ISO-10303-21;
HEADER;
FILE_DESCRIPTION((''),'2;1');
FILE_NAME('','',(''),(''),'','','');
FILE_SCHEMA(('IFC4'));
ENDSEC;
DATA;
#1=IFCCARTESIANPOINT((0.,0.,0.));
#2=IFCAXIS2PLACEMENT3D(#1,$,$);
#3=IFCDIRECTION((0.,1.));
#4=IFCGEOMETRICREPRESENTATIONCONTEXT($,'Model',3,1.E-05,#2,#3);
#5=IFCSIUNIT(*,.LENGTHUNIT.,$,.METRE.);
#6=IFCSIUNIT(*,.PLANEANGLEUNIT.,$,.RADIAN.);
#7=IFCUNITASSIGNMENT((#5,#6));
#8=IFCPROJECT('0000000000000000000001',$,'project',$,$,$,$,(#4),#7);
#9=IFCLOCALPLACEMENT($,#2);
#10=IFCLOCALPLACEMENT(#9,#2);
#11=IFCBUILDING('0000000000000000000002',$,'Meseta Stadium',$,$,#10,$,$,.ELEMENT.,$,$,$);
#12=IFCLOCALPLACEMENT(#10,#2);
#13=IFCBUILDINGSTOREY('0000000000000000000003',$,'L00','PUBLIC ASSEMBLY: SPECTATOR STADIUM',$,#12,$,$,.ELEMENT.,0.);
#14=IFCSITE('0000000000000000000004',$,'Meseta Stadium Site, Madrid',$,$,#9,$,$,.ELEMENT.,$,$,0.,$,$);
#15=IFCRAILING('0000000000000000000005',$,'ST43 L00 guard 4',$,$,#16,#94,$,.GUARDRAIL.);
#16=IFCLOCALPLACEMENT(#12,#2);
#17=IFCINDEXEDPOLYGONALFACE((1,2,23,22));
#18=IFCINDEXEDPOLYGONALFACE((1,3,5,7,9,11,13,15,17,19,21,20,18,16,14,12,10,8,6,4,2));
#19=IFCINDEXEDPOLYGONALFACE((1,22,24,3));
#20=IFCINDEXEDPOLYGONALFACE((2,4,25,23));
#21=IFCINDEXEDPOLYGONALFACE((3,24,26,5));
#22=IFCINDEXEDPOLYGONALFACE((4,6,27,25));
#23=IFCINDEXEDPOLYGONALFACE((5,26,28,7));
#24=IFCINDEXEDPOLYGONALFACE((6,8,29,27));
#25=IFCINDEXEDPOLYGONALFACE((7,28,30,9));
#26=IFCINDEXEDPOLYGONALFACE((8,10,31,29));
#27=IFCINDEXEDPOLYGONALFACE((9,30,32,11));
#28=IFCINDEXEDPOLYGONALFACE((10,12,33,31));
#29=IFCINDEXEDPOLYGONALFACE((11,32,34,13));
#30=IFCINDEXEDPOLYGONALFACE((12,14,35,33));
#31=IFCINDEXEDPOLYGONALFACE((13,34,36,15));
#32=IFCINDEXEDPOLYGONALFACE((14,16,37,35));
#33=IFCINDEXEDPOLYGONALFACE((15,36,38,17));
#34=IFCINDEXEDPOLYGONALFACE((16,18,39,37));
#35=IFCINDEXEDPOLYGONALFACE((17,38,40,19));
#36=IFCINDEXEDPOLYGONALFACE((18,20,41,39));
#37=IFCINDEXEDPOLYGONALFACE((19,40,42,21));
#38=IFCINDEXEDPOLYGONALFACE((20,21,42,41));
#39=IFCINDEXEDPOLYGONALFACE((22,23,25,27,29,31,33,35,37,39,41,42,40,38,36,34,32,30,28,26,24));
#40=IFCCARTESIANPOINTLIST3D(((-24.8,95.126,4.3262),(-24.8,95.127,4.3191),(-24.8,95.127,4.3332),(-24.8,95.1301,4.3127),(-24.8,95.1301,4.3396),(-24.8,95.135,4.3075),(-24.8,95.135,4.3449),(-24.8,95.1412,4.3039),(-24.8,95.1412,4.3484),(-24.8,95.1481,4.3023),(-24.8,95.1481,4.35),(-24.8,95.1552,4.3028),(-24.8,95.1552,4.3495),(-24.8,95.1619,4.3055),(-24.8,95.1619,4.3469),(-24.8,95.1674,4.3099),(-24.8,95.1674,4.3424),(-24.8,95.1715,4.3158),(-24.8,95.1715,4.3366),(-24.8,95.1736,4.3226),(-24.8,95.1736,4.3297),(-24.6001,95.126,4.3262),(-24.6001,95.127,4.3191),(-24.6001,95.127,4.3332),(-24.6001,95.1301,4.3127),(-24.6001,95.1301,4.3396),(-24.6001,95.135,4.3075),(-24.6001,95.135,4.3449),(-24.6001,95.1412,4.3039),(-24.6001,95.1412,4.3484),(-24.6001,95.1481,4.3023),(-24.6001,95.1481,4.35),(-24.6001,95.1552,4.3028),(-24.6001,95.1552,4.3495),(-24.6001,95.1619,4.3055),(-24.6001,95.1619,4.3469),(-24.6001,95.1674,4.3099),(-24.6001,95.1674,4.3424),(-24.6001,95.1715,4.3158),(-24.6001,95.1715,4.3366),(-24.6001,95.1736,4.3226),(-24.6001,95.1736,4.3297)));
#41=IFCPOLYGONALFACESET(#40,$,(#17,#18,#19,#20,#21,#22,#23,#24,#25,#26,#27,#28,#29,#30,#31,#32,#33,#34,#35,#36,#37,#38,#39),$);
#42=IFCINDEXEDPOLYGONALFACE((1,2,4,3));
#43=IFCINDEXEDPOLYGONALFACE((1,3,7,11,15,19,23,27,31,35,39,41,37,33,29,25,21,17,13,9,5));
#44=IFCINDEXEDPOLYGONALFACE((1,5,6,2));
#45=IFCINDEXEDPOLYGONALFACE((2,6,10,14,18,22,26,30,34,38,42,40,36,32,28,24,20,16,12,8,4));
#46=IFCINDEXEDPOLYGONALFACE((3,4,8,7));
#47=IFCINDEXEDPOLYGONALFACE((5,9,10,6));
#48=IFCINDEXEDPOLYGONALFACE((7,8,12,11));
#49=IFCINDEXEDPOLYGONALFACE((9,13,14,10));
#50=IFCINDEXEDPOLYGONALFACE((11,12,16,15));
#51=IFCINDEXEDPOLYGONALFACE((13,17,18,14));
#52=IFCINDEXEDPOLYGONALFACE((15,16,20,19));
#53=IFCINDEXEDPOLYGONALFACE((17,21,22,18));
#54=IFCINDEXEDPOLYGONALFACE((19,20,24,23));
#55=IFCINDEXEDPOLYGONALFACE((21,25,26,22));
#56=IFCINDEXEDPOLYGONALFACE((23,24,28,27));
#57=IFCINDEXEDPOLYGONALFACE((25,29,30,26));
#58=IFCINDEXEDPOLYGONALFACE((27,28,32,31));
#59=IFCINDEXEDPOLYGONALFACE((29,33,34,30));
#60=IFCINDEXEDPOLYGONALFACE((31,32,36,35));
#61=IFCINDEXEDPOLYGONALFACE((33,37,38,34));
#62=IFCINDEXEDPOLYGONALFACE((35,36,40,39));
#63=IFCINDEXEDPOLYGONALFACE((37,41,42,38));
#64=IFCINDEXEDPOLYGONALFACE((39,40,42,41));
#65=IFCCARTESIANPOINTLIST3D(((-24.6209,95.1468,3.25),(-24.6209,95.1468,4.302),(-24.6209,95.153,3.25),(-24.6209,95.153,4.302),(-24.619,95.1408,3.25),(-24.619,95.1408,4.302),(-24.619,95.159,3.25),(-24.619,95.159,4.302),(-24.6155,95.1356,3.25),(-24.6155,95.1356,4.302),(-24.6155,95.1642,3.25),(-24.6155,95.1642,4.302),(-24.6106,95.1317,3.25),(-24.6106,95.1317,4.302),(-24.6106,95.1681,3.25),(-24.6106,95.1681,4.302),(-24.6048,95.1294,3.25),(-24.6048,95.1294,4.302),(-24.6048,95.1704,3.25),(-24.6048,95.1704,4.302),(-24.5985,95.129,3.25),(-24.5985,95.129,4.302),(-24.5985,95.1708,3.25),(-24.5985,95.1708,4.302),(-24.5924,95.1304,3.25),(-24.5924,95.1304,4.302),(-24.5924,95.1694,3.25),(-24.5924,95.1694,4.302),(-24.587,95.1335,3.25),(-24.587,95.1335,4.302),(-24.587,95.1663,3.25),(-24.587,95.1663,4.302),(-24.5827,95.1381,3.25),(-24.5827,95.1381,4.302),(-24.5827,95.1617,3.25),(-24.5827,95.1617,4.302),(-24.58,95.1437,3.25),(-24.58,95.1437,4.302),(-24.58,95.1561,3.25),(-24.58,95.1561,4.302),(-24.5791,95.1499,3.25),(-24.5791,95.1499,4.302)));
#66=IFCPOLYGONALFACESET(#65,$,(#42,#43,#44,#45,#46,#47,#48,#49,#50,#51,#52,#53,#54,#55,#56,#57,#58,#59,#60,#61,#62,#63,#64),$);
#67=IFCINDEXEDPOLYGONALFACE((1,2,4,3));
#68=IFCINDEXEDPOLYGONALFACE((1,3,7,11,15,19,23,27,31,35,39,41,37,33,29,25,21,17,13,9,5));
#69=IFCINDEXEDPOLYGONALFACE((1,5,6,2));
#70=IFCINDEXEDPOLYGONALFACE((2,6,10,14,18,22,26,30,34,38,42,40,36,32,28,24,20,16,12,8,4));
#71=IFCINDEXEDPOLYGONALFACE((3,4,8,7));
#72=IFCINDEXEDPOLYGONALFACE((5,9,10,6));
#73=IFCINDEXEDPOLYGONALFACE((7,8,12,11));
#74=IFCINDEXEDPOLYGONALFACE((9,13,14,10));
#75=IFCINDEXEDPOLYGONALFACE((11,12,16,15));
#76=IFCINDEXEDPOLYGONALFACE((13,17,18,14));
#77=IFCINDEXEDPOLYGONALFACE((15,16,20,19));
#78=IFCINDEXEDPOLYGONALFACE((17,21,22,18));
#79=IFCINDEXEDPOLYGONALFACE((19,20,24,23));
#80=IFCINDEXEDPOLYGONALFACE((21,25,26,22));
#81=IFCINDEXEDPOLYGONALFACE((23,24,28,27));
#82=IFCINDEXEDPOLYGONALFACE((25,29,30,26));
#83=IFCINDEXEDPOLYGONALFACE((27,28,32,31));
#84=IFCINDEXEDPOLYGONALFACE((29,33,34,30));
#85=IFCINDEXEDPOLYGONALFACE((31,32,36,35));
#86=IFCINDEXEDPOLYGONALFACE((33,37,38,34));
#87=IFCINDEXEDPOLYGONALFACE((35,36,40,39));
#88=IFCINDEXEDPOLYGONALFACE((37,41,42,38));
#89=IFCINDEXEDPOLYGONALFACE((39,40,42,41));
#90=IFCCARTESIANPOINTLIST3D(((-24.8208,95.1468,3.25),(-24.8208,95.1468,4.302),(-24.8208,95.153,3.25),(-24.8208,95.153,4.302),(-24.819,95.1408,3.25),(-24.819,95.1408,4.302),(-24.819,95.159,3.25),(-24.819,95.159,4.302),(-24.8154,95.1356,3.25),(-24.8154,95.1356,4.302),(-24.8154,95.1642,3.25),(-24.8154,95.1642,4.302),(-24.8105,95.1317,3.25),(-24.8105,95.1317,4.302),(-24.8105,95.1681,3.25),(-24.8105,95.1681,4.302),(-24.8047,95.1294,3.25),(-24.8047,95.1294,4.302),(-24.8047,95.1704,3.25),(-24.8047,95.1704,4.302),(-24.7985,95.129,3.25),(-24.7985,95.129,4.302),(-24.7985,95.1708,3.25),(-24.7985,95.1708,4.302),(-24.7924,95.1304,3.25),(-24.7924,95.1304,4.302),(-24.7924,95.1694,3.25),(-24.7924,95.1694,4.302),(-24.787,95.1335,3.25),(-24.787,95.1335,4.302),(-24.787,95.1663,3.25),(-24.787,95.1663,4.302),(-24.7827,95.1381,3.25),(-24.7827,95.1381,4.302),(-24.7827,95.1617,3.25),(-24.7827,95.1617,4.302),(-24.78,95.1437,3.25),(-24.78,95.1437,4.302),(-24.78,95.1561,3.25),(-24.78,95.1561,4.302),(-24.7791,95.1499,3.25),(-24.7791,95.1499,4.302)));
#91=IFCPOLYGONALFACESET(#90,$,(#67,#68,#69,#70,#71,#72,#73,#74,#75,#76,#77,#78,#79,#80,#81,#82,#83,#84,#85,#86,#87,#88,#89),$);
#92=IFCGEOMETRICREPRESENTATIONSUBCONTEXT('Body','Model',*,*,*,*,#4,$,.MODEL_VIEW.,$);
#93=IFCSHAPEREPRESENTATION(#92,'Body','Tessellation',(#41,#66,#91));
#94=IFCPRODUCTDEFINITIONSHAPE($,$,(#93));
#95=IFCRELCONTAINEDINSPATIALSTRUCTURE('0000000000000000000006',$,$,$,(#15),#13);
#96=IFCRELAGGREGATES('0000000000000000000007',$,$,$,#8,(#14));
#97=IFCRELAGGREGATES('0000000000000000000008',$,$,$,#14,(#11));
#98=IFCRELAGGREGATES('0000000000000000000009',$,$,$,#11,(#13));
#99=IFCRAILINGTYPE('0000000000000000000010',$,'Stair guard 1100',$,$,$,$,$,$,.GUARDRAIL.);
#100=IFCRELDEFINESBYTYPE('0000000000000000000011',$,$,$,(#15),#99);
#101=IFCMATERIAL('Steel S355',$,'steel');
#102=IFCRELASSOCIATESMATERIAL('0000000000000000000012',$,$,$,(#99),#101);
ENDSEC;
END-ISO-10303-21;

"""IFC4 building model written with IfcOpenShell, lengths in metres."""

from ifc_helpers import new_model, si_unit, direction, frame, origin, origin_2d, place, context, subcontext, project, spatial, circle, extrude, material, type_object, element, save


model = new_model("IFC4")

# Units and contexts
model_context = context("Model", 3, precision=1e-05, world=origin(), true_north=direction((0.0, 1.0)))
body_context = subcontext(model_context, "Body", "Model", "MODEL_VIEW")
ifc_project = project(units=[si_unit("LENGTHUNIT", "METRE"), si_unit("PLANEANGLEUNIT", "RADIAN")], contexts=[model_context])

# Site, building, storey
site_placement = place(None, origin())
site = spatial("IfcSite", under=ifc_project, at=site_placement, Name="Meseta Stadium Site, Madrid", CompositionType="ELEMENT", RefElevation=0.0)
building_placement = place(site_placement, origin())
building = spatial("IfcBuilding", under=site, at=building_placement, Name="Meseta Stadium", CompositionType="ELEMENT")
storey_placement = place(building_placement, origin())
storey = spatial("IfcBuildingStorey", under=building, at=storey_placement, Name="L00", Description="PUBLIC ASSEMBLY: SPECTATOR STADIUM", CompositionType="ELEMENT", Elevation=0.0)

# Railing
ifc_material_1 = material(Name="Steel S355", Category="steel")
railing_type_1 = type_object("IfcRailingType", Name="Stair guard 1100", PredefinedType="GUARDRAIL", material=ifc_material_1)
railing_1_placement = place(storey_placement, frame((-24.6001, 95.1499, 3.25)))
element("IfcRailing", 1, at=railing_1_placement, inside=storey, type_object=railing_type_1, Name="ST43 L00 guard 4", PredefinedType="GUARDRAIL", context=body_context, shape_type="SweptSolid", body=[
    extrude(circle(Radius=0.0239, at=origin_2d()), frame((0.0, 0.0, 1.0762), z_axis=(-1.0, 0.0, 0.0), x_axis=(0.0, -1.0, 0.0)), (0.0, 0.0, 1.0), 0.2),
    extrude(circle(Radius=0.021, at=origin_2d()), origin(), (0.0, 0.0, 1.0), 1.052),
    extrude(circle(Radius=0.021, at=origin_2d()), frame((-0.2, 0.0, 0.0)), (0.0, 0.0, 1.0), 1.052),
])

save(model, "model.ifc")
